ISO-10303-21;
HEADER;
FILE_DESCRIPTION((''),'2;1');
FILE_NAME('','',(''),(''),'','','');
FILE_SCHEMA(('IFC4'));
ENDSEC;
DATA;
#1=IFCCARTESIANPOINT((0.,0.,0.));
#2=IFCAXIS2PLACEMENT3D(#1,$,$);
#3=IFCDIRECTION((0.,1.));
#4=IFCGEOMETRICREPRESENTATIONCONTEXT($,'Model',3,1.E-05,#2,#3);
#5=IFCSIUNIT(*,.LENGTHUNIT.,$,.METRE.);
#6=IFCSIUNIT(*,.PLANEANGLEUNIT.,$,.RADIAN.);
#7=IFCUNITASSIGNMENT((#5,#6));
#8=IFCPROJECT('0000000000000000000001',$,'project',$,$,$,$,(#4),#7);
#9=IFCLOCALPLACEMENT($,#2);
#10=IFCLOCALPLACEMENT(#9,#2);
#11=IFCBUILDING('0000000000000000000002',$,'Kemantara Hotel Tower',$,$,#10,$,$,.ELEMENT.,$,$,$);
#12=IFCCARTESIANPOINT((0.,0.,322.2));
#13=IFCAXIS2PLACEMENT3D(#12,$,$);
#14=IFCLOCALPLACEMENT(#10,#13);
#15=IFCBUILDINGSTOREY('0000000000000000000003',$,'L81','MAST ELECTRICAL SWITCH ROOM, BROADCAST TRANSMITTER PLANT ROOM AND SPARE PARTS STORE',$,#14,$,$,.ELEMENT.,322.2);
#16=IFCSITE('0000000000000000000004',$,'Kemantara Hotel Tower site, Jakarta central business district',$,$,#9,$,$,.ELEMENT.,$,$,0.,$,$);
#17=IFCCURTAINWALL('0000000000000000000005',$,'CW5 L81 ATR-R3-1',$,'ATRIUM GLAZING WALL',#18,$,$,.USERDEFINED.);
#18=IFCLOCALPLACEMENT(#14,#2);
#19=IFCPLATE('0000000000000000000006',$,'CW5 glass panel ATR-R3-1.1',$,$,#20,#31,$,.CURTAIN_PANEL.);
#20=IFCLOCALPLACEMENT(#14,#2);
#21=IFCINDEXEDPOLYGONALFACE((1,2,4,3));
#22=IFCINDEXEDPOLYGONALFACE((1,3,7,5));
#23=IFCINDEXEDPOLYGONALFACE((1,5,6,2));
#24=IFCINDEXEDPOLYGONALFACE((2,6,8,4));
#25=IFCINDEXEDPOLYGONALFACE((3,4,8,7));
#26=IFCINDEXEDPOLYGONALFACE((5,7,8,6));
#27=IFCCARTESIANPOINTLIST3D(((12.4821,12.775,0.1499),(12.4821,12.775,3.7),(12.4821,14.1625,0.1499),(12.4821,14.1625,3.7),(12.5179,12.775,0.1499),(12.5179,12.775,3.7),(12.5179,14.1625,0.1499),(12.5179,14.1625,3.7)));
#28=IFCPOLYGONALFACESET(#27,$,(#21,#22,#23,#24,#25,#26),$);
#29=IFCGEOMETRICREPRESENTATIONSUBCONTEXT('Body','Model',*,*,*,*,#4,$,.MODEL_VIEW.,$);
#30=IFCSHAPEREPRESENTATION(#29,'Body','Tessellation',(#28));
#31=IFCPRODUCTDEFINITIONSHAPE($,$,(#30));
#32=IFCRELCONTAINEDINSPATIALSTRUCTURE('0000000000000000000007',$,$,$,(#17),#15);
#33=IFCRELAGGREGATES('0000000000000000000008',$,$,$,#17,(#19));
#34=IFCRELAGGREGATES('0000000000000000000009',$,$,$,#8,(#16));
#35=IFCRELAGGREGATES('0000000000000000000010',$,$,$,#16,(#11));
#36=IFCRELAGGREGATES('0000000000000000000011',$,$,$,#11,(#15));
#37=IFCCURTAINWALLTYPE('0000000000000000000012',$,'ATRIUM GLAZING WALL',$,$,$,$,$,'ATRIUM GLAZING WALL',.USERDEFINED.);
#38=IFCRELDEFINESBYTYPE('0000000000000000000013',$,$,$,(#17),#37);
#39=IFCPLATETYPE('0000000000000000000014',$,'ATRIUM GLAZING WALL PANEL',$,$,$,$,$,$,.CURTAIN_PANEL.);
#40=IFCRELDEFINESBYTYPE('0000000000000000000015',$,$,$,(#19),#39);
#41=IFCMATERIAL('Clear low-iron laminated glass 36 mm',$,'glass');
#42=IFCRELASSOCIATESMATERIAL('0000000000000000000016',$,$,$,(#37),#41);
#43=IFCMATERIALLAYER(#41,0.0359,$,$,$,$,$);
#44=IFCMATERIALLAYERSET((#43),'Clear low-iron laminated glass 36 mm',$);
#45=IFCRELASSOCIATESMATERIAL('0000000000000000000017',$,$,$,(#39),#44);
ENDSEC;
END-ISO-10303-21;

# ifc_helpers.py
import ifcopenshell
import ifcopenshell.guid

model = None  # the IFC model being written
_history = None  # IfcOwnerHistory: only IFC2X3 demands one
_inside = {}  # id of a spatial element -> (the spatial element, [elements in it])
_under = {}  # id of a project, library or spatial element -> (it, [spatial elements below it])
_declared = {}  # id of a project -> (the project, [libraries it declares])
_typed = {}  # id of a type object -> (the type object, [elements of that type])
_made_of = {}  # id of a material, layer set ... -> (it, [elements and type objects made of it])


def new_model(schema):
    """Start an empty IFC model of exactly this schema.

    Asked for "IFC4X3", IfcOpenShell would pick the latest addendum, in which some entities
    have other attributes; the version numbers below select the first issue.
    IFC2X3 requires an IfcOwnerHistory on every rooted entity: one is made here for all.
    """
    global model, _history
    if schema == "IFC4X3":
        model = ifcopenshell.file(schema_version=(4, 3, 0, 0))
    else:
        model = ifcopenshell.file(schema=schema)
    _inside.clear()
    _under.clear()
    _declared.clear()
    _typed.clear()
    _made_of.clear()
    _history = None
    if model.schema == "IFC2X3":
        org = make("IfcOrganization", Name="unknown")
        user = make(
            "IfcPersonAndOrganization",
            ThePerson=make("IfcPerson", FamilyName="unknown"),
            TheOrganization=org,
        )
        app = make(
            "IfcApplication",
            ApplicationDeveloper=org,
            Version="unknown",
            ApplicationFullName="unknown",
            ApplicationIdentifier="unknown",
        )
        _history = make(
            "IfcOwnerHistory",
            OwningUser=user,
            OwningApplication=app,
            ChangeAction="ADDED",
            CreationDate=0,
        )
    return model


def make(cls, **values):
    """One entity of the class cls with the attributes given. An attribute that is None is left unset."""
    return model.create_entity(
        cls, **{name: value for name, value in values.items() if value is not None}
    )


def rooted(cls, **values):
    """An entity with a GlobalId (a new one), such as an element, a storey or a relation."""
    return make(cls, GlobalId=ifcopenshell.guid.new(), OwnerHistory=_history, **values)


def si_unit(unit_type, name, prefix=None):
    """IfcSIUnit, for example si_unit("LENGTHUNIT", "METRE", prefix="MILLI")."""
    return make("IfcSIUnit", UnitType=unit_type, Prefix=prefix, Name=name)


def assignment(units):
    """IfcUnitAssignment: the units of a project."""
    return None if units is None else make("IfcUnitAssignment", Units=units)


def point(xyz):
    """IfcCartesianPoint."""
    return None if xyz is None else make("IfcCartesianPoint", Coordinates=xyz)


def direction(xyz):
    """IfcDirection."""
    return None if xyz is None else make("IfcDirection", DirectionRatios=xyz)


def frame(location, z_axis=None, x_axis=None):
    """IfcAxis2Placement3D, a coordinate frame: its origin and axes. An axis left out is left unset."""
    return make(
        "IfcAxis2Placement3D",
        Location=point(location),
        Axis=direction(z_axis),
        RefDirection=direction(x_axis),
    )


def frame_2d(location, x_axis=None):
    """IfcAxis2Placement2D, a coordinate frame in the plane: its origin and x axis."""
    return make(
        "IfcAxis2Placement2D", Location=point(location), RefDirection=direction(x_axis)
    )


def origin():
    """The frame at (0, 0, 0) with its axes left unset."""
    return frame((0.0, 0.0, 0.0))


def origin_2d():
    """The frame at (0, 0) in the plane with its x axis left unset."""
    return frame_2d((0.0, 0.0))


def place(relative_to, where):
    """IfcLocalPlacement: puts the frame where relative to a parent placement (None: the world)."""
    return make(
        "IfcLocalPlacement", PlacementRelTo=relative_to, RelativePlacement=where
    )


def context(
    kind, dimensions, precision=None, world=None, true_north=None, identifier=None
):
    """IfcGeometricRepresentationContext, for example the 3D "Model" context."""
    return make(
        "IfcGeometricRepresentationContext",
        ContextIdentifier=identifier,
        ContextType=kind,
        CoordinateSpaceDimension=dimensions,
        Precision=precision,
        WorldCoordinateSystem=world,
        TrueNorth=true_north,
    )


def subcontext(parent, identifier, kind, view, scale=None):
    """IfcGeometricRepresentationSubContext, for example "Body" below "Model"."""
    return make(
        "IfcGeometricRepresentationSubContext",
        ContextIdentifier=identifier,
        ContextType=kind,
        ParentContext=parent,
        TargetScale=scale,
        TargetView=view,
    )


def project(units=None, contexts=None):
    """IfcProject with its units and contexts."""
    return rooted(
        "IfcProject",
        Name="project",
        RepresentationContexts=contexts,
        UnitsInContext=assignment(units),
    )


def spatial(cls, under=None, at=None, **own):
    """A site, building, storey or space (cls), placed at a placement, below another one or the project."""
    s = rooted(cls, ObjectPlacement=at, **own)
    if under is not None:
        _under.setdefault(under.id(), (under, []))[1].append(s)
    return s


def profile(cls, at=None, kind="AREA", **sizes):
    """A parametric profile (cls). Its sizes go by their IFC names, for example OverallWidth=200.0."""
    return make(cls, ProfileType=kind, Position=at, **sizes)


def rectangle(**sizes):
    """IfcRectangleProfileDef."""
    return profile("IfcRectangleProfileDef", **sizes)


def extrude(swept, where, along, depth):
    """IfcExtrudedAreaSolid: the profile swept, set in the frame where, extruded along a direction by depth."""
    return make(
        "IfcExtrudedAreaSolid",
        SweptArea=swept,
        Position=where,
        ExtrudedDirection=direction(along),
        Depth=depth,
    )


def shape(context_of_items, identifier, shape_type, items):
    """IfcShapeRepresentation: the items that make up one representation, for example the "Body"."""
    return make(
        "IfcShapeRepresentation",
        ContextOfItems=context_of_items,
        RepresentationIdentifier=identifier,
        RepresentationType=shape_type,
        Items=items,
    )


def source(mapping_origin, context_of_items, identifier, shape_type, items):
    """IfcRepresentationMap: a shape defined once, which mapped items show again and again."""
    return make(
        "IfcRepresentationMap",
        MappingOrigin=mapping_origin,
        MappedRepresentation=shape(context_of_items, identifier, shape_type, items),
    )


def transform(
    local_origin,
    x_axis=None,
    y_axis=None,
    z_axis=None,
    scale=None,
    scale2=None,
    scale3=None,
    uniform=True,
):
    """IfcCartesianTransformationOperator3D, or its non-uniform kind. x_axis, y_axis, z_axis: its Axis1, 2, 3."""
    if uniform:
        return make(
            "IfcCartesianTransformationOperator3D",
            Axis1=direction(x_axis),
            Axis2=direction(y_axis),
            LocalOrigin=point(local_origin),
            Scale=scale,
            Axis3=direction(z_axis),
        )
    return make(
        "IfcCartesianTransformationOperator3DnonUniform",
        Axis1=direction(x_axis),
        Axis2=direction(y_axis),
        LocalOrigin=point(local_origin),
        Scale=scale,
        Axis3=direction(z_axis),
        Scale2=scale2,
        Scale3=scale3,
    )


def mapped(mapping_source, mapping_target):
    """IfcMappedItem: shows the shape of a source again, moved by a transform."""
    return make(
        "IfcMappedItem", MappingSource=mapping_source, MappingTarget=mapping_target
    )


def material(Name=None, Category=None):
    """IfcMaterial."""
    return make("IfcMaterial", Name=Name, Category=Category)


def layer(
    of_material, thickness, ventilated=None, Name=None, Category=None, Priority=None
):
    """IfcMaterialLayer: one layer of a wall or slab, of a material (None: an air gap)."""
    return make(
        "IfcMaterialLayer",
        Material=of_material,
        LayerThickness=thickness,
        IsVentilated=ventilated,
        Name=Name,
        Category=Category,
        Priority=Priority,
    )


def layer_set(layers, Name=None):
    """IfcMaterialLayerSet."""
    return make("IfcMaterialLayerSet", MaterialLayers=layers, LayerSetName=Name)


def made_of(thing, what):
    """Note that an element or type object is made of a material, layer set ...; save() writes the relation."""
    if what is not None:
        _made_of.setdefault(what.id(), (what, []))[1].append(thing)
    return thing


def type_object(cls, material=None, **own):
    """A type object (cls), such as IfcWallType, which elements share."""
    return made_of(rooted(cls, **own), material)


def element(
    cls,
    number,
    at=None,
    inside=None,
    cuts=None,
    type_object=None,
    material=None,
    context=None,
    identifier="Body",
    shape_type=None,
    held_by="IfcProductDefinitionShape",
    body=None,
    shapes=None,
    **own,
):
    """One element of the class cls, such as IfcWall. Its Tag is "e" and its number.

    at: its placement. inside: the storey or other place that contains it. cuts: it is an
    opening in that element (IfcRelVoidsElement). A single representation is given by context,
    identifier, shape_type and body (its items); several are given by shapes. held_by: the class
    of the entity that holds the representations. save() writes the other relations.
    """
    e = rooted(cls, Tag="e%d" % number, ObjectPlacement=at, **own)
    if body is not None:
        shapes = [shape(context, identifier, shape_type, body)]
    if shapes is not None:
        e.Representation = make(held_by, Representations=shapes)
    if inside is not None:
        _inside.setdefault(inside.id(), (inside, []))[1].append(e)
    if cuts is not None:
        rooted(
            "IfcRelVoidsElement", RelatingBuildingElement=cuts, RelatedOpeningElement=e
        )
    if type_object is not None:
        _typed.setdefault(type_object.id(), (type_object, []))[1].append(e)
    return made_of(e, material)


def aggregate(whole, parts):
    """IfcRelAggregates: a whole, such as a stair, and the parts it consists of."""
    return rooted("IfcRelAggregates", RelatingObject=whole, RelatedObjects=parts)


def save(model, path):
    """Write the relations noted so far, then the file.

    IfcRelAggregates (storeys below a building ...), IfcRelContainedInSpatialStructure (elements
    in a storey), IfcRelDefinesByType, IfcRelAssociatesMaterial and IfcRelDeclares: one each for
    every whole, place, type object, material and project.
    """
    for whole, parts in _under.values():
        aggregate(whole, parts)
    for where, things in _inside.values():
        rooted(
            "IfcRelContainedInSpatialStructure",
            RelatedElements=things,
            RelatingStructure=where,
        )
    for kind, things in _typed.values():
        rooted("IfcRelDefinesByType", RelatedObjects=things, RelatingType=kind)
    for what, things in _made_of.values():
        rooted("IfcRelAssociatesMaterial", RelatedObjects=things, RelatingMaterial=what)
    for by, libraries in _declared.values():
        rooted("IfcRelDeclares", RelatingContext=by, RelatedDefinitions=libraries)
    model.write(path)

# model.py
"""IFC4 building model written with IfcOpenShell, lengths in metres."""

from ifc_helpers import new_model, si_unit, direction, frame, origin, origin_2d, place, context, subcontext, project, spatial, rectangle, extrude, source, transform, mapped, material, layer, layer_set, type_object, element, aggregate, save


model = new_model("IFC4")

# Units and contexts
model_context = context("Model", 3, precision=1e-05, world=origin(), true_north=direction((0.0, 1.0)))
body_context = subcontext(model_context, "Body", "Model", "MODEL_VIEW")
ifc_project = project(units=[si_unit("LENGTHUNIT", "METRE"), si_unit("PLANEANGLEUNIT", "RADIAN")], contexts=[model_context])

# Site, building, storey
site_placement = place(None, origin())
site = spatial("IfcSite", under=ifc_project, at=site_placement, Name="Kemantara Hotel Tower site, Jakarta central business district", CompositionType="ELEMENT", RefElevation=0.0)
building_placement = place(site_placement, origin())
building = spatial("IfcBuilding", under=site, at=building_placement, Name="Kemantara Hotel Tower", CompositionType="ELEMENT")
storey_placement = place(building_placement, frame((0.0, 0.0, 322.2)))
storey = spatial("IfcBuildingStorey", under=building, at=storey_placement, Name="L81", Description="MAST ELECTRICAL SWITCH ROOM, BROADCAST TRANSMITTER PLANT ROOM AND SPARE PARTS STORE", CompositionType="ELEMENT", Elevation=322.2)

# Curtain wall
ifc_material_1 = material(Name="Clear low-iron laminated glass 36 mm", Category="glass")
curtain_wall_type = type_object("IfcCurtainWallType", Name="ATRIUM GLAZING WALL", ElementType="ATRIUM GLAZING WALL", PredefinedType="USERDEFINED", material=ifc_material_1)
curtain_wall_1_placement = place(storey_placement, origin())
curtain_wall_1 = element("IfcCurtainWall", 1, at=curtain_wall_1_placement, inside=storey, type_object=curtain_wall_type, Name="CW5 L81 ATR-R3-1", ObjectType="ATRIUM GLAZING WALL", PredefinedType="USERDEFINED")

# Plate
ifc_layer = layer(ifc_material_1, 0.0359)
ifc_layer_set = layer_set([ifc_layer], Name="Clear low-iron laminated glass 36 mm")
plate_type = type_object("IfcPlateType", Name="ATRIUM GLAZING WALL PANEL", PredefinedType="CURTAIN_PANEL", material=ifc_layer_set)
shared_shape_1 = source(origin(), body_context, "Body", "SweptSolid", [
    extrude(rectangle(XDim=1.3875, YDim=0.0359, at=origin_2d()), origin(), (0.0, 0.0, 1.0), 3.55),
])
plate_1_placement = place(storey_placement, frame((12.5, 13.4688, 0.1499), z_axis=(0.0, 0.0, 1.0), x_axis=(0.0, 1.0, 0.0)))
plate_1 = element("IfcPlate", 2, at=plate_1_placement, type_object=plate_type, Name="CW5 glass panel ATR-R3-1.1", PredefinedType="CURTAIN_PANEL", context=body_context, shape_type="MappedRepresentation", body=[
    mapped(shared_shape_1, transform((0.0, 0.0, 0.0))),
])
aggregate(curtain_wall_1, [plate_1])

save(model, "model.ifc")
